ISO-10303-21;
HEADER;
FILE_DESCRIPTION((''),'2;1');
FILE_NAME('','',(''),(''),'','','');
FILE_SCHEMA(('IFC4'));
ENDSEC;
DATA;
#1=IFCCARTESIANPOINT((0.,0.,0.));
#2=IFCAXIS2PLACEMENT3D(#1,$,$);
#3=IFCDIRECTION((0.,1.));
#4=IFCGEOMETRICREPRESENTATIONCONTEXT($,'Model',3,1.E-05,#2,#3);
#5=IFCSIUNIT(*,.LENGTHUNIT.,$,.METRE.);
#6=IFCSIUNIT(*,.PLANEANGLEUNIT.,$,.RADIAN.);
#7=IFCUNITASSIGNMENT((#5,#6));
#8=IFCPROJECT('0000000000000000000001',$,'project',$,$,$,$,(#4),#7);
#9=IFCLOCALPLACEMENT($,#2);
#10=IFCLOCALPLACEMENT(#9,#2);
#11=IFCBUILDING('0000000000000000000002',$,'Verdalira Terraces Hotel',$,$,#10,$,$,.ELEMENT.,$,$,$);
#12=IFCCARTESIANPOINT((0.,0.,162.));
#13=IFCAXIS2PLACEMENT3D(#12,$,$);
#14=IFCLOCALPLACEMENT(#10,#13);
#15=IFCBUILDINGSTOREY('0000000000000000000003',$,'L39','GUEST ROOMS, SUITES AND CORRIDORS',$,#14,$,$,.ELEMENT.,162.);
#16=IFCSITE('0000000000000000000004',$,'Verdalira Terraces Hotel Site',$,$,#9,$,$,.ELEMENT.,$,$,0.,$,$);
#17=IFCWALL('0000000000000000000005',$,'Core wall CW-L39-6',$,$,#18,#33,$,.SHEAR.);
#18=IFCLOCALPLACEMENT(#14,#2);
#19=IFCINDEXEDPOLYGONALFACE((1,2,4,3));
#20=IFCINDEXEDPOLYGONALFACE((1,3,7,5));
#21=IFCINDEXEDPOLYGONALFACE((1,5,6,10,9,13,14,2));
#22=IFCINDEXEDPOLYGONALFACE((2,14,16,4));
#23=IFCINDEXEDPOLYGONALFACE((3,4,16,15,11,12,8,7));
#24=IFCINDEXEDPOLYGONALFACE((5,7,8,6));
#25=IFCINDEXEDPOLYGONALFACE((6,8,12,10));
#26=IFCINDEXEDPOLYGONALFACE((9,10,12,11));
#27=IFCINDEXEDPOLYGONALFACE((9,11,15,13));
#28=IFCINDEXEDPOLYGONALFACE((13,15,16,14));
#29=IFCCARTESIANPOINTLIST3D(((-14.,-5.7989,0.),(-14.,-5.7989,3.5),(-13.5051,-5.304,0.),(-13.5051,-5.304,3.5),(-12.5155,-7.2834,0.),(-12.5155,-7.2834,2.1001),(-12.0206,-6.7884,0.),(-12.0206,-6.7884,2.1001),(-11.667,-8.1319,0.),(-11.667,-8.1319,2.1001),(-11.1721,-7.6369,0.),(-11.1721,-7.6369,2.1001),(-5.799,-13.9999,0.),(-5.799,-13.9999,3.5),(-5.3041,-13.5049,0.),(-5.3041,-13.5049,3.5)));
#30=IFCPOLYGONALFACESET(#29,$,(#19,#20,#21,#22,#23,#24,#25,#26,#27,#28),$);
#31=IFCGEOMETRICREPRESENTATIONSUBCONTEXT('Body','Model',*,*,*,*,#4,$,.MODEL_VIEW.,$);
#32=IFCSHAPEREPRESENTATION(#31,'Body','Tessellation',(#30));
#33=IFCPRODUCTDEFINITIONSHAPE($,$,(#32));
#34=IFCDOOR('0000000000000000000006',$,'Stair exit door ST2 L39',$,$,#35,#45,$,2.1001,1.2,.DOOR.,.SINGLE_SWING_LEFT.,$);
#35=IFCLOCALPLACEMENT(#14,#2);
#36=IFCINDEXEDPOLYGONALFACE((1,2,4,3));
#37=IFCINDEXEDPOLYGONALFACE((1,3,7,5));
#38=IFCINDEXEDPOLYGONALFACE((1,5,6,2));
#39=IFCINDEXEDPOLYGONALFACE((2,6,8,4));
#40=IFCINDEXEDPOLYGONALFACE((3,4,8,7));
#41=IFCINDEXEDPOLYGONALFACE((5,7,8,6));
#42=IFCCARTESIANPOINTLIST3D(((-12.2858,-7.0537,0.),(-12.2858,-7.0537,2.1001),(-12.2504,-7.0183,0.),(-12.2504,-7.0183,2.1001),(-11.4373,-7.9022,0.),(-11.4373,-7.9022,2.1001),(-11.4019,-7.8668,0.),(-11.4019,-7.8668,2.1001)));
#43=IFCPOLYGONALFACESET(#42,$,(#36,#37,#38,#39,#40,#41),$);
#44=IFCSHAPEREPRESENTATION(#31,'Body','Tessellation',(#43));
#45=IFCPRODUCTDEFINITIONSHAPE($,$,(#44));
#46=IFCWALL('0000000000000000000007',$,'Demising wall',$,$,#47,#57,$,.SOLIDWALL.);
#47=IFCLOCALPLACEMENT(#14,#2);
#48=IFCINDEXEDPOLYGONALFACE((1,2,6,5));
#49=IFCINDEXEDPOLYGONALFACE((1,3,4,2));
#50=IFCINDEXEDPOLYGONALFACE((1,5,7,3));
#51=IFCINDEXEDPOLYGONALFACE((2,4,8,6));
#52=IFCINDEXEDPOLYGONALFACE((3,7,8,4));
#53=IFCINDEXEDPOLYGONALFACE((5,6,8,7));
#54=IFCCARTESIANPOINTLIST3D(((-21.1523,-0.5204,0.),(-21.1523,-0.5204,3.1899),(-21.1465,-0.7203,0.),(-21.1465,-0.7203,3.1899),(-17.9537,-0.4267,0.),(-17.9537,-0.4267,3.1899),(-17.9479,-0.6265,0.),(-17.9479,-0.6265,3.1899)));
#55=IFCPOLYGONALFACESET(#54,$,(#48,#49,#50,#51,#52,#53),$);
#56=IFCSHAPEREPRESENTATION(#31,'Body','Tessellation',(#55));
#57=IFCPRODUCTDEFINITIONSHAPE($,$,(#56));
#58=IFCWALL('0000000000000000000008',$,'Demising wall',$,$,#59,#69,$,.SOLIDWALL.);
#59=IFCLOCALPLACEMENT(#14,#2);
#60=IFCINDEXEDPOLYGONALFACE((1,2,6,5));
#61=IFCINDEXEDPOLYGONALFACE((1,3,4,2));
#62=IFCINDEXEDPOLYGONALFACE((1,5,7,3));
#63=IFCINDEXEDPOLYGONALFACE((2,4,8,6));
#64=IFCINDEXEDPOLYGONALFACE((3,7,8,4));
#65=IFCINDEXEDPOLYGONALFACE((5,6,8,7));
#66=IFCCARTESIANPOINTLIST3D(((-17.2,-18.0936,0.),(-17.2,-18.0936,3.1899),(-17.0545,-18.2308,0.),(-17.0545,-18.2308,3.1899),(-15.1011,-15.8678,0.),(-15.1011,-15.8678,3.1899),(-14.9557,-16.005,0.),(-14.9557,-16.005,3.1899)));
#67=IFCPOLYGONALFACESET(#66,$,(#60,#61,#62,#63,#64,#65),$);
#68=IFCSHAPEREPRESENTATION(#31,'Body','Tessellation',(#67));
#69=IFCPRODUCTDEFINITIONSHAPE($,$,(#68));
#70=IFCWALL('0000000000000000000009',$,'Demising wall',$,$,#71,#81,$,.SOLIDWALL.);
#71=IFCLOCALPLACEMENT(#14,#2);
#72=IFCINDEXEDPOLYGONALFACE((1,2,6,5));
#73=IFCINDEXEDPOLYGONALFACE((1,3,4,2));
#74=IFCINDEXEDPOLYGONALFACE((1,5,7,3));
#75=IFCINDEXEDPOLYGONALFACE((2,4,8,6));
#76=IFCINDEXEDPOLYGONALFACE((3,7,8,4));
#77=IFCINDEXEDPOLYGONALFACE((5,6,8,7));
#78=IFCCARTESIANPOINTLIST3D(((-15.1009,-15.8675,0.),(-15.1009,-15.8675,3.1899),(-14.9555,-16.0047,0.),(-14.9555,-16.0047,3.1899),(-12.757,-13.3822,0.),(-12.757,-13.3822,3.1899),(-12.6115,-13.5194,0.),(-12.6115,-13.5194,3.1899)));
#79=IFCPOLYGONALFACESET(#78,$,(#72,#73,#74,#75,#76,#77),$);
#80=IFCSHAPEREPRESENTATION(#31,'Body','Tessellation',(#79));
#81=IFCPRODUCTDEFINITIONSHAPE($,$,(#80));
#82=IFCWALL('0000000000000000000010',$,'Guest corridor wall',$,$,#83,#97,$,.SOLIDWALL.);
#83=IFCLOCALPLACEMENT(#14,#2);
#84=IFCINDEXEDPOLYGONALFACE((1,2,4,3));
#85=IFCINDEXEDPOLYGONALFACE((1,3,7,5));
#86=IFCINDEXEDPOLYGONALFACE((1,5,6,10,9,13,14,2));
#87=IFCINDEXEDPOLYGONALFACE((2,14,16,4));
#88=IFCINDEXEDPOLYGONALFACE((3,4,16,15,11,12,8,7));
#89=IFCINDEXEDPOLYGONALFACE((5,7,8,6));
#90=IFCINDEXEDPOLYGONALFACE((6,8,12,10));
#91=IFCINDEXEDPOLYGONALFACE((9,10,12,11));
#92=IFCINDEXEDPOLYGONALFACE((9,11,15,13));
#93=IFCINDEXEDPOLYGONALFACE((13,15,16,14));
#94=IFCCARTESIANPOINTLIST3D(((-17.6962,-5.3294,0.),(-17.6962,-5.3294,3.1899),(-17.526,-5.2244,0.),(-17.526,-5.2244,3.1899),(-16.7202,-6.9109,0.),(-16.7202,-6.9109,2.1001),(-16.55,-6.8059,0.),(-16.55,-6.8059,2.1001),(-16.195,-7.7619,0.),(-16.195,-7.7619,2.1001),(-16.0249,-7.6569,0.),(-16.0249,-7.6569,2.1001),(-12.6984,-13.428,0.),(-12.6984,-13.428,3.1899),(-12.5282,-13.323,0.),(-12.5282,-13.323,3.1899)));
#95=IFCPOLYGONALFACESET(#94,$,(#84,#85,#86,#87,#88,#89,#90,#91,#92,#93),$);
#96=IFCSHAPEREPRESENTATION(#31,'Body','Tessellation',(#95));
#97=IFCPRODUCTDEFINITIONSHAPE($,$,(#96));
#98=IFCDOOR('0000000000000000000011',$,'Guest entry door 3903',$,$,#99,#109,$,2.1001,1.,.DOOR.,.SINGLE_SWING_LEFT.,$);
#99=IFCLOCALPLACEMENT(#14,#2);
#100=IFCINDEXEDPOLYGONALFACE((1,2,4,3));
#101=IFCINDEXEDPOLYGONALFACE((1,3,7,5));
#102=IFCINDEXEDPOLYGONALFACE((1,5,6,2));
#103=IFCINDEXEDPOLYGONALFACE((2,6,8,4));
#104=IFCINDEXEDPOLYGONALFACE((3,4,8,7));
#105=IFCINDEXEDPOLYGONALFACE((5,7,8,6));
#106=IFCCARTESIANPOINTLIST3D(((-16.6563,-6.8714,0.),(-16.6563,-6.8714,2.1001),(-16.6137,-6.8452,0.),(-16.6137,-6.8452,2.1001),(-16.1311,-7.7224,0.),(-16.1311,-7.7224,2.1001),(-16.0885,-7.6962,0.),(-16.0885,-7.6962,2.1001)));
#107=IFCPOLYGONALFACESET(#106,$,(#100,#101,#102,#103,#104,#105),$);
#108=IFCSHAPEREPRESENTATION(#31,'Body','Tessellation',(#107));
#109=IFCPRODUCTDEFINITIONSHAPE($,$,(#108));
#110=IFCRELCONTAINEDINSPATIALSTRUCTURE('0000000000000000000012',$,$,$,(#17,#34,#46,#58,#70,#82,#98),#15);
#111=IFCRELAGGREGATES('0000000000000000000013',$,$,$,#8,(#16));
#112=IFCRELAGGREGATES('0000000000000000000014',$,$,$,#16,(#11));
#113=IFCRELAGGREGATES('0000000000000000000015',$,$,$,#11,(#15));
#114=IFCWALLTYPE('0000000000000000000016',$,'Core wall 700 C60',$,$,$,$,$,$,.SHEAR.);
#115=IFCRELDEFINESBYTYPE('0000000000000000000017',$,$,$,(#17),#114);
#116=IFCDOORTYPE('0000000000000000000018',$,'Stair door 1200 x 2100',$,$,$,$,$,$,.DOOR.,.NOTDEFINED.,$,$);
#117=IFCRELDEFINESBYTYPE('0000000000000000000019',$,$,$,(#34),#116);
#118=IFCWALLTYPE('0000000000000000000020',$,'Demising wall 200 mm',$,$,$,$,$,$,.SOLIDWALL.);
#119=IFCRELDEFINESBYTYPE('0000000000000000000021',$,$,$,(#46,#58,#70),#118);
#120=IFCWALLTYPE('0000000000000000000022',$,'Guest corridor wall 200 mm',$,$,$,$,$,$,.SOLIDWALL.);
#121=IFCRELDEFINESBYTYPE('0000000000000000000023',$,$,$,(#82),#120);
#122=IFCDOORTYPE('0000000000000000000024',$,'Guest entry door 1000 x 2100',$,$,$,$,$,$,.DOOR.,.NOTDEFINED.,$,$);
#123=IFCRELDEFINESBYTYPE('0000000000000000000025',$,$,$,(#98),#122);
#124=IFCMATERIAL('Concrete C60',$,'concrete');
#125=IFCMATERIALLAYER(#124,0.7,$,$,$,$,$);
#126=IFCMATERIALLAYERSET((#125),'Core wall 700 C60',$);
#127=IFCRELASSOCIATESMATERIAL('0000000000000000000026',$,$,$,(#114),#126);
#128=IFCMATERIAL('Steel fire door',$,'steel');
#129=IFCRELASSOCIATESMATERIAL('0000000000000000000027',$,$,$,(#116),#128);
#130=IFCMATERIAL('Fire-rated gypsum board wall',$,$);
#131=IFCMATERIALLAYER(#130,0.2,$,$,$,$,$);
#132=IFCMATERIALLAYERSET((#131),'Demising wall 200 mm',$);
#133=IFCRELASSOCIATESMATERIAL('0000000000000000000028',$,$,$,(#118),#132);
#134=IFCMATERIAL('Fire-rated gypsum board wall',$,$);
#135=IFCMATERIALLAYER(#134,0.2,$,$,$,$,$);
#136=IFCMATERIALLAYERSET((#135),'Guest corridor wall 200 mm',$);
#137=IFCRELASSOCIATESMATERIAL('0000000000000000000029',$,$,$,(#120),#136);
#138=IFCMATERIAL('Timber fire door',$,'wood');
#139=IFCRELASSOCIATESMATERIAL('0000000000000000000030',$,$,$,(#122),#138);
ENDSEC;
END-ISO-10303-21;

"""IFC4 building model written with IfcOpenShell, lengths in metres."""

from ifc_helpers import new_model, si_unit, direction, frame, frame_2d, origin, place, context, subcontext, project, spatial, rectangle, extrude, material, layer, layer_set, type_object, element, fill, save


model = new_model("IFC4")

# Units and contexts
model_context = context("Model", 3, precision=1e-05, world=origin(), true_north=direction((0.0, 1.0)))
body_context = subcontext(model_context, "Body", "Model", "MODEL_VIEW")
ifc_project = project(units=[si_unit("LENGTHUNIT", "METRE"), si_unit("PLANEANGLEUNIT", "RADIAN")], contexts=[model_context])

# Site, building, storey
site_placement = place(None, origin())
site = spatial("IfcSite", under=ifc_project, at=site_placement, Name="Verdalira Terraces Hotel Site", CompositionType="ELEMENT", RefElevation=0.0)
building_placement = place(site_placement, origin())
building = spatial("IfcBuilding", under=site, at=building_placement, Name="Verdalira Terraces Hotel", CompositionType="ELEMENT")
storey_placement = place(building_placement, frame((0.0, 0.0, 162.0)))
storey = spatial("IfcBuildingStorey", under=building, at=storey_placement, Name="L39", Description="GUEST ROOMS, SUITES AND CORRIDORS", CompositionType="ELEMENT", Elevation=162.0)

# Wall, opening, door
ifc_material_1 = material(Name="Concrete C60", Category="concrete")
ifc_layer_1 = layer(ifc_material_1, 0.7)
ifc_layer_set_1 = layer_set([ifc_layer_1], Name="Core wall 700 C60")
wall_type_1 = type_object("IfcWallType", Name="Core wall 700 C60", PredefinedType="SHEAR", material=ifc_layer_set_1)
wall_1_placement = place(storey_placement, frame((-13.7524, -5.5515, 0.0), z_axis=(0.0, 0.0, 1.0), x_axis=(0.707107, -0.707107, 0.0)))
wall_1 = element("IfcWall", 1, at=wall_1_placement, inside=storey, type_object=wall_type_1, Name="Core wall CW-L39-6", PredefinedType="SHEAR", context=body_context, shape_type="SweptSolid", body=[
    extrude(rectangle(XDim=11.5979, YDim=0.7, at=frame_2d((5.7988, 0.0))), origin(), (0.0, 0.0, 1.0), 3.5),
])
opening_1_placement = place(wall_1_placement, frame((2.0991, 0.0, 0.0)))
opening_1 = element("IfcOpeningElement", 2, at=opening_1_placement, cuts=wall_1, PredefinedType="OPENING", context=body_context, shape_type="SweptSolid", body=[
    extrude(rectangle(XDim=1.2, YDim=2.1001, at=frame_2d((0.6001, 1.05))), frame((0.0, 0.3599, 0.0), z_axis=(0.0, -1.0, 0.0), x_axis=(1.0, 0.0, 0.0)), (0.0, 0.0, 1.0), 0.72),
])
ifc_material_2 = material(Name="Steel fire door", Category="steel")
door_type_1 = type_object("IfcDoorType", Name="Stair door 1200 x 2100", OperationType="NOTDEFINED", PredefinedType="DOOR", material=ifc_material_2)
door_1_placement = place(opening_1_placement, origin())
door_1 = element("IfcDoor", 3, at=door_1_placement, inside=storey, type_object=door_type_1, Name="Stair exit door ST2 L39", OperationType="SINGLE_SWING_LEFT", OverallHeight=2.1001, OverallWidth=1.2, PredefinedType="DOOR", context=body_context, shape_type="SweptSolid", body=[
    extrude(rectangle(XDim=1.2, YDim=2.1001, at=frame_2d((0.6001, 1.05))), frame((0.0, 0.0249, 0.0), z_axis=(0.0, -1.0, 0.0), x_axis=(1.0, 0.0, 0.0)), (0.0, 0.0, 1.0), 0.05),
])
fill(opening_1, door_1)

# Walls
ifc_material_3 = material(Name="Fire-rated gypsum board wall")
ifc_layer_2 = layer(ifc_material_3, 0.2)
ifc_layer_set_2 = layer_set([ifc_layer_2], Name="Demising wall 200 mm")
wall_type_2 = type_object("IfcWallType", Name="Demising wall 200 mm", PredefinedType="SOLIDWALL", material=ifc_layer_set_2)
wall_2_placement = place(storey_placement, frame((-17.9507, -0.5266, 0.0), z_axis=(0.0, 0.0, 1.0), x_axis=(-0.999571, -0.029298, 0.0)))
element("IfcWall", 4, at=wall_2_placement, inside=storey, type_object=wall_type_2, Name="Demising wall", PredefinedType="SOLIDWALL", context=body_context, shape_type="SweptSolid", body=[
    extrude(rectangle(XDim=3.2, YDim=0.2, at=frame_2d((1.6001, 0.0))), origin(), (0.0, 0.0, 1.0), 3.1899),
])
wall_3_placement = place(storey_placement, frame((-15.0283, -15.9363, 0.0), z_axis=(0.0, 0.0, 1.0), x_axis=(-0.686054, -0.727551, 0.0)))
element("IfcWall", 5, at=wall_3_placement, inside=storey, type_object=wall_type_2, Name="Demising wall", PredefinedType="SOLIDWALL", context=body_context, shape_type="SweptSolid", body=[
    extrude(rectangle(XDim=3.0593, YDim=0.2, at=frame_2d((1.5298, 0.0))), origin(), (0.0, 0.0, 1.0), 3.1899),
])
wall_4_placement = place(storey_placement, frame((-12.6843, -13.4509, 0.0), z_axis=(0.0, 0.0, 1.0), x_axis=(-0.686116, -0.727493, 0.0)))
element("IfcWall", 6, at=wall_4_placement, inside=storey, type_object=wall_type_2, Name="Demising wall", PredefinedType="SOLIDWALL", context=body_context, shape_type="SweptSolid", body=[
    extrude(rectangle(XDim=3.4163, YDim=0.2, at=frame_2d((1.708, 0.0))), origin(), (0.0, 0.0, 1.0), 3.1899),
])

# Wall, opening, door
ifc_material_4 = material(Name="Fire-rated gypsum board wall")
ifc_layer_3 = layer(ifc_material_4, 0.2)
ifc_layer_set_3 = layer_set([ifc_layer_3], Name="Guest corridor wall 200 mm")
wall_type_3 = type_object("IfcWallType", Name="Guest corridor wall 200 mm", PredefinedType="SOLIDWALL", material=ifc_layer_set_3)
wall_5_placement = place(storey_placement, frame((-12.6133, -13.3755, 0.0), z_axis=(0.0, 0.0, 1.0), x_axis=(-0.525166, 0.851, 0.0)))
wall_5 = element("IfcWall", 7, at=wall_5_placement, inside=storey, type_object=wall_type_3, Name="Guest corridor wall", PredefinedType="SOLIDWALL", context=body_context, shape_type="SweptSolid", body=[
    extrude(rectangle(XDim=9.5166, YDim=0.2, at=frame_2d((4.7583, 0.0))), origin(), (0.0, 0.0, 1.0), 3.1899),
])
opening_2_placement = place(wall_5_placement, frame((6.6582, 0.0, 0.0)))
opening_2 = element("IfcOpeningElement", 8, at=opening_2_placement, cuts=wall_5, PredefinedType="OPENING", context=body_context, shape_type="SweptSolid", body=[
    extrude(rectangle(XDim=1.0, YDim=2.1001, at=frame_2d((0.5, 1.05))), frame((0.0, 0.1099, 0.0), z_axis=(0.0, -1.0, 0.0), x_axis=(1.0, 0.0, 0.0)), (0.0, 0.0, 1.0), 0.22),
])
ifc_material_5 = material(Name="Timber fire door", Category="wood")
door_type_2 = type_object("IfcDoorType", Name="Guest entry door 1000 x 2100", OperationType="NOTDEFINED", PredefinedType="DOOR", material=ifc_material_5)
door_2_placement = place(opening_2_placement, origin())
door_2 = element("IfcDoor", 9, at=door_2_placement, inside=storey, type_object=door_type_2, Name="Guest entry door 3903", OperationType="SINGLE_SWING_LEFT", OverallHeight=2.1001, OverallWidth=1.0, PredefinedType="DOOR", context=body_context, shape_type="SweptSolid", body=[
    extrude(rectangle(XDim=1.0, YDim=2.1001, at=frame_2d((0.5, 1.05))), frame((0.0, 0.0249, 0.0), z_axis=(0.0, -1.0, 0.0), x_axis=(1.0, 0.0, 0.0)), (0.0, 0.0, 1.0), 0.05),
])
fill(opening_2, door_2)

save(model, "model.ifc")
